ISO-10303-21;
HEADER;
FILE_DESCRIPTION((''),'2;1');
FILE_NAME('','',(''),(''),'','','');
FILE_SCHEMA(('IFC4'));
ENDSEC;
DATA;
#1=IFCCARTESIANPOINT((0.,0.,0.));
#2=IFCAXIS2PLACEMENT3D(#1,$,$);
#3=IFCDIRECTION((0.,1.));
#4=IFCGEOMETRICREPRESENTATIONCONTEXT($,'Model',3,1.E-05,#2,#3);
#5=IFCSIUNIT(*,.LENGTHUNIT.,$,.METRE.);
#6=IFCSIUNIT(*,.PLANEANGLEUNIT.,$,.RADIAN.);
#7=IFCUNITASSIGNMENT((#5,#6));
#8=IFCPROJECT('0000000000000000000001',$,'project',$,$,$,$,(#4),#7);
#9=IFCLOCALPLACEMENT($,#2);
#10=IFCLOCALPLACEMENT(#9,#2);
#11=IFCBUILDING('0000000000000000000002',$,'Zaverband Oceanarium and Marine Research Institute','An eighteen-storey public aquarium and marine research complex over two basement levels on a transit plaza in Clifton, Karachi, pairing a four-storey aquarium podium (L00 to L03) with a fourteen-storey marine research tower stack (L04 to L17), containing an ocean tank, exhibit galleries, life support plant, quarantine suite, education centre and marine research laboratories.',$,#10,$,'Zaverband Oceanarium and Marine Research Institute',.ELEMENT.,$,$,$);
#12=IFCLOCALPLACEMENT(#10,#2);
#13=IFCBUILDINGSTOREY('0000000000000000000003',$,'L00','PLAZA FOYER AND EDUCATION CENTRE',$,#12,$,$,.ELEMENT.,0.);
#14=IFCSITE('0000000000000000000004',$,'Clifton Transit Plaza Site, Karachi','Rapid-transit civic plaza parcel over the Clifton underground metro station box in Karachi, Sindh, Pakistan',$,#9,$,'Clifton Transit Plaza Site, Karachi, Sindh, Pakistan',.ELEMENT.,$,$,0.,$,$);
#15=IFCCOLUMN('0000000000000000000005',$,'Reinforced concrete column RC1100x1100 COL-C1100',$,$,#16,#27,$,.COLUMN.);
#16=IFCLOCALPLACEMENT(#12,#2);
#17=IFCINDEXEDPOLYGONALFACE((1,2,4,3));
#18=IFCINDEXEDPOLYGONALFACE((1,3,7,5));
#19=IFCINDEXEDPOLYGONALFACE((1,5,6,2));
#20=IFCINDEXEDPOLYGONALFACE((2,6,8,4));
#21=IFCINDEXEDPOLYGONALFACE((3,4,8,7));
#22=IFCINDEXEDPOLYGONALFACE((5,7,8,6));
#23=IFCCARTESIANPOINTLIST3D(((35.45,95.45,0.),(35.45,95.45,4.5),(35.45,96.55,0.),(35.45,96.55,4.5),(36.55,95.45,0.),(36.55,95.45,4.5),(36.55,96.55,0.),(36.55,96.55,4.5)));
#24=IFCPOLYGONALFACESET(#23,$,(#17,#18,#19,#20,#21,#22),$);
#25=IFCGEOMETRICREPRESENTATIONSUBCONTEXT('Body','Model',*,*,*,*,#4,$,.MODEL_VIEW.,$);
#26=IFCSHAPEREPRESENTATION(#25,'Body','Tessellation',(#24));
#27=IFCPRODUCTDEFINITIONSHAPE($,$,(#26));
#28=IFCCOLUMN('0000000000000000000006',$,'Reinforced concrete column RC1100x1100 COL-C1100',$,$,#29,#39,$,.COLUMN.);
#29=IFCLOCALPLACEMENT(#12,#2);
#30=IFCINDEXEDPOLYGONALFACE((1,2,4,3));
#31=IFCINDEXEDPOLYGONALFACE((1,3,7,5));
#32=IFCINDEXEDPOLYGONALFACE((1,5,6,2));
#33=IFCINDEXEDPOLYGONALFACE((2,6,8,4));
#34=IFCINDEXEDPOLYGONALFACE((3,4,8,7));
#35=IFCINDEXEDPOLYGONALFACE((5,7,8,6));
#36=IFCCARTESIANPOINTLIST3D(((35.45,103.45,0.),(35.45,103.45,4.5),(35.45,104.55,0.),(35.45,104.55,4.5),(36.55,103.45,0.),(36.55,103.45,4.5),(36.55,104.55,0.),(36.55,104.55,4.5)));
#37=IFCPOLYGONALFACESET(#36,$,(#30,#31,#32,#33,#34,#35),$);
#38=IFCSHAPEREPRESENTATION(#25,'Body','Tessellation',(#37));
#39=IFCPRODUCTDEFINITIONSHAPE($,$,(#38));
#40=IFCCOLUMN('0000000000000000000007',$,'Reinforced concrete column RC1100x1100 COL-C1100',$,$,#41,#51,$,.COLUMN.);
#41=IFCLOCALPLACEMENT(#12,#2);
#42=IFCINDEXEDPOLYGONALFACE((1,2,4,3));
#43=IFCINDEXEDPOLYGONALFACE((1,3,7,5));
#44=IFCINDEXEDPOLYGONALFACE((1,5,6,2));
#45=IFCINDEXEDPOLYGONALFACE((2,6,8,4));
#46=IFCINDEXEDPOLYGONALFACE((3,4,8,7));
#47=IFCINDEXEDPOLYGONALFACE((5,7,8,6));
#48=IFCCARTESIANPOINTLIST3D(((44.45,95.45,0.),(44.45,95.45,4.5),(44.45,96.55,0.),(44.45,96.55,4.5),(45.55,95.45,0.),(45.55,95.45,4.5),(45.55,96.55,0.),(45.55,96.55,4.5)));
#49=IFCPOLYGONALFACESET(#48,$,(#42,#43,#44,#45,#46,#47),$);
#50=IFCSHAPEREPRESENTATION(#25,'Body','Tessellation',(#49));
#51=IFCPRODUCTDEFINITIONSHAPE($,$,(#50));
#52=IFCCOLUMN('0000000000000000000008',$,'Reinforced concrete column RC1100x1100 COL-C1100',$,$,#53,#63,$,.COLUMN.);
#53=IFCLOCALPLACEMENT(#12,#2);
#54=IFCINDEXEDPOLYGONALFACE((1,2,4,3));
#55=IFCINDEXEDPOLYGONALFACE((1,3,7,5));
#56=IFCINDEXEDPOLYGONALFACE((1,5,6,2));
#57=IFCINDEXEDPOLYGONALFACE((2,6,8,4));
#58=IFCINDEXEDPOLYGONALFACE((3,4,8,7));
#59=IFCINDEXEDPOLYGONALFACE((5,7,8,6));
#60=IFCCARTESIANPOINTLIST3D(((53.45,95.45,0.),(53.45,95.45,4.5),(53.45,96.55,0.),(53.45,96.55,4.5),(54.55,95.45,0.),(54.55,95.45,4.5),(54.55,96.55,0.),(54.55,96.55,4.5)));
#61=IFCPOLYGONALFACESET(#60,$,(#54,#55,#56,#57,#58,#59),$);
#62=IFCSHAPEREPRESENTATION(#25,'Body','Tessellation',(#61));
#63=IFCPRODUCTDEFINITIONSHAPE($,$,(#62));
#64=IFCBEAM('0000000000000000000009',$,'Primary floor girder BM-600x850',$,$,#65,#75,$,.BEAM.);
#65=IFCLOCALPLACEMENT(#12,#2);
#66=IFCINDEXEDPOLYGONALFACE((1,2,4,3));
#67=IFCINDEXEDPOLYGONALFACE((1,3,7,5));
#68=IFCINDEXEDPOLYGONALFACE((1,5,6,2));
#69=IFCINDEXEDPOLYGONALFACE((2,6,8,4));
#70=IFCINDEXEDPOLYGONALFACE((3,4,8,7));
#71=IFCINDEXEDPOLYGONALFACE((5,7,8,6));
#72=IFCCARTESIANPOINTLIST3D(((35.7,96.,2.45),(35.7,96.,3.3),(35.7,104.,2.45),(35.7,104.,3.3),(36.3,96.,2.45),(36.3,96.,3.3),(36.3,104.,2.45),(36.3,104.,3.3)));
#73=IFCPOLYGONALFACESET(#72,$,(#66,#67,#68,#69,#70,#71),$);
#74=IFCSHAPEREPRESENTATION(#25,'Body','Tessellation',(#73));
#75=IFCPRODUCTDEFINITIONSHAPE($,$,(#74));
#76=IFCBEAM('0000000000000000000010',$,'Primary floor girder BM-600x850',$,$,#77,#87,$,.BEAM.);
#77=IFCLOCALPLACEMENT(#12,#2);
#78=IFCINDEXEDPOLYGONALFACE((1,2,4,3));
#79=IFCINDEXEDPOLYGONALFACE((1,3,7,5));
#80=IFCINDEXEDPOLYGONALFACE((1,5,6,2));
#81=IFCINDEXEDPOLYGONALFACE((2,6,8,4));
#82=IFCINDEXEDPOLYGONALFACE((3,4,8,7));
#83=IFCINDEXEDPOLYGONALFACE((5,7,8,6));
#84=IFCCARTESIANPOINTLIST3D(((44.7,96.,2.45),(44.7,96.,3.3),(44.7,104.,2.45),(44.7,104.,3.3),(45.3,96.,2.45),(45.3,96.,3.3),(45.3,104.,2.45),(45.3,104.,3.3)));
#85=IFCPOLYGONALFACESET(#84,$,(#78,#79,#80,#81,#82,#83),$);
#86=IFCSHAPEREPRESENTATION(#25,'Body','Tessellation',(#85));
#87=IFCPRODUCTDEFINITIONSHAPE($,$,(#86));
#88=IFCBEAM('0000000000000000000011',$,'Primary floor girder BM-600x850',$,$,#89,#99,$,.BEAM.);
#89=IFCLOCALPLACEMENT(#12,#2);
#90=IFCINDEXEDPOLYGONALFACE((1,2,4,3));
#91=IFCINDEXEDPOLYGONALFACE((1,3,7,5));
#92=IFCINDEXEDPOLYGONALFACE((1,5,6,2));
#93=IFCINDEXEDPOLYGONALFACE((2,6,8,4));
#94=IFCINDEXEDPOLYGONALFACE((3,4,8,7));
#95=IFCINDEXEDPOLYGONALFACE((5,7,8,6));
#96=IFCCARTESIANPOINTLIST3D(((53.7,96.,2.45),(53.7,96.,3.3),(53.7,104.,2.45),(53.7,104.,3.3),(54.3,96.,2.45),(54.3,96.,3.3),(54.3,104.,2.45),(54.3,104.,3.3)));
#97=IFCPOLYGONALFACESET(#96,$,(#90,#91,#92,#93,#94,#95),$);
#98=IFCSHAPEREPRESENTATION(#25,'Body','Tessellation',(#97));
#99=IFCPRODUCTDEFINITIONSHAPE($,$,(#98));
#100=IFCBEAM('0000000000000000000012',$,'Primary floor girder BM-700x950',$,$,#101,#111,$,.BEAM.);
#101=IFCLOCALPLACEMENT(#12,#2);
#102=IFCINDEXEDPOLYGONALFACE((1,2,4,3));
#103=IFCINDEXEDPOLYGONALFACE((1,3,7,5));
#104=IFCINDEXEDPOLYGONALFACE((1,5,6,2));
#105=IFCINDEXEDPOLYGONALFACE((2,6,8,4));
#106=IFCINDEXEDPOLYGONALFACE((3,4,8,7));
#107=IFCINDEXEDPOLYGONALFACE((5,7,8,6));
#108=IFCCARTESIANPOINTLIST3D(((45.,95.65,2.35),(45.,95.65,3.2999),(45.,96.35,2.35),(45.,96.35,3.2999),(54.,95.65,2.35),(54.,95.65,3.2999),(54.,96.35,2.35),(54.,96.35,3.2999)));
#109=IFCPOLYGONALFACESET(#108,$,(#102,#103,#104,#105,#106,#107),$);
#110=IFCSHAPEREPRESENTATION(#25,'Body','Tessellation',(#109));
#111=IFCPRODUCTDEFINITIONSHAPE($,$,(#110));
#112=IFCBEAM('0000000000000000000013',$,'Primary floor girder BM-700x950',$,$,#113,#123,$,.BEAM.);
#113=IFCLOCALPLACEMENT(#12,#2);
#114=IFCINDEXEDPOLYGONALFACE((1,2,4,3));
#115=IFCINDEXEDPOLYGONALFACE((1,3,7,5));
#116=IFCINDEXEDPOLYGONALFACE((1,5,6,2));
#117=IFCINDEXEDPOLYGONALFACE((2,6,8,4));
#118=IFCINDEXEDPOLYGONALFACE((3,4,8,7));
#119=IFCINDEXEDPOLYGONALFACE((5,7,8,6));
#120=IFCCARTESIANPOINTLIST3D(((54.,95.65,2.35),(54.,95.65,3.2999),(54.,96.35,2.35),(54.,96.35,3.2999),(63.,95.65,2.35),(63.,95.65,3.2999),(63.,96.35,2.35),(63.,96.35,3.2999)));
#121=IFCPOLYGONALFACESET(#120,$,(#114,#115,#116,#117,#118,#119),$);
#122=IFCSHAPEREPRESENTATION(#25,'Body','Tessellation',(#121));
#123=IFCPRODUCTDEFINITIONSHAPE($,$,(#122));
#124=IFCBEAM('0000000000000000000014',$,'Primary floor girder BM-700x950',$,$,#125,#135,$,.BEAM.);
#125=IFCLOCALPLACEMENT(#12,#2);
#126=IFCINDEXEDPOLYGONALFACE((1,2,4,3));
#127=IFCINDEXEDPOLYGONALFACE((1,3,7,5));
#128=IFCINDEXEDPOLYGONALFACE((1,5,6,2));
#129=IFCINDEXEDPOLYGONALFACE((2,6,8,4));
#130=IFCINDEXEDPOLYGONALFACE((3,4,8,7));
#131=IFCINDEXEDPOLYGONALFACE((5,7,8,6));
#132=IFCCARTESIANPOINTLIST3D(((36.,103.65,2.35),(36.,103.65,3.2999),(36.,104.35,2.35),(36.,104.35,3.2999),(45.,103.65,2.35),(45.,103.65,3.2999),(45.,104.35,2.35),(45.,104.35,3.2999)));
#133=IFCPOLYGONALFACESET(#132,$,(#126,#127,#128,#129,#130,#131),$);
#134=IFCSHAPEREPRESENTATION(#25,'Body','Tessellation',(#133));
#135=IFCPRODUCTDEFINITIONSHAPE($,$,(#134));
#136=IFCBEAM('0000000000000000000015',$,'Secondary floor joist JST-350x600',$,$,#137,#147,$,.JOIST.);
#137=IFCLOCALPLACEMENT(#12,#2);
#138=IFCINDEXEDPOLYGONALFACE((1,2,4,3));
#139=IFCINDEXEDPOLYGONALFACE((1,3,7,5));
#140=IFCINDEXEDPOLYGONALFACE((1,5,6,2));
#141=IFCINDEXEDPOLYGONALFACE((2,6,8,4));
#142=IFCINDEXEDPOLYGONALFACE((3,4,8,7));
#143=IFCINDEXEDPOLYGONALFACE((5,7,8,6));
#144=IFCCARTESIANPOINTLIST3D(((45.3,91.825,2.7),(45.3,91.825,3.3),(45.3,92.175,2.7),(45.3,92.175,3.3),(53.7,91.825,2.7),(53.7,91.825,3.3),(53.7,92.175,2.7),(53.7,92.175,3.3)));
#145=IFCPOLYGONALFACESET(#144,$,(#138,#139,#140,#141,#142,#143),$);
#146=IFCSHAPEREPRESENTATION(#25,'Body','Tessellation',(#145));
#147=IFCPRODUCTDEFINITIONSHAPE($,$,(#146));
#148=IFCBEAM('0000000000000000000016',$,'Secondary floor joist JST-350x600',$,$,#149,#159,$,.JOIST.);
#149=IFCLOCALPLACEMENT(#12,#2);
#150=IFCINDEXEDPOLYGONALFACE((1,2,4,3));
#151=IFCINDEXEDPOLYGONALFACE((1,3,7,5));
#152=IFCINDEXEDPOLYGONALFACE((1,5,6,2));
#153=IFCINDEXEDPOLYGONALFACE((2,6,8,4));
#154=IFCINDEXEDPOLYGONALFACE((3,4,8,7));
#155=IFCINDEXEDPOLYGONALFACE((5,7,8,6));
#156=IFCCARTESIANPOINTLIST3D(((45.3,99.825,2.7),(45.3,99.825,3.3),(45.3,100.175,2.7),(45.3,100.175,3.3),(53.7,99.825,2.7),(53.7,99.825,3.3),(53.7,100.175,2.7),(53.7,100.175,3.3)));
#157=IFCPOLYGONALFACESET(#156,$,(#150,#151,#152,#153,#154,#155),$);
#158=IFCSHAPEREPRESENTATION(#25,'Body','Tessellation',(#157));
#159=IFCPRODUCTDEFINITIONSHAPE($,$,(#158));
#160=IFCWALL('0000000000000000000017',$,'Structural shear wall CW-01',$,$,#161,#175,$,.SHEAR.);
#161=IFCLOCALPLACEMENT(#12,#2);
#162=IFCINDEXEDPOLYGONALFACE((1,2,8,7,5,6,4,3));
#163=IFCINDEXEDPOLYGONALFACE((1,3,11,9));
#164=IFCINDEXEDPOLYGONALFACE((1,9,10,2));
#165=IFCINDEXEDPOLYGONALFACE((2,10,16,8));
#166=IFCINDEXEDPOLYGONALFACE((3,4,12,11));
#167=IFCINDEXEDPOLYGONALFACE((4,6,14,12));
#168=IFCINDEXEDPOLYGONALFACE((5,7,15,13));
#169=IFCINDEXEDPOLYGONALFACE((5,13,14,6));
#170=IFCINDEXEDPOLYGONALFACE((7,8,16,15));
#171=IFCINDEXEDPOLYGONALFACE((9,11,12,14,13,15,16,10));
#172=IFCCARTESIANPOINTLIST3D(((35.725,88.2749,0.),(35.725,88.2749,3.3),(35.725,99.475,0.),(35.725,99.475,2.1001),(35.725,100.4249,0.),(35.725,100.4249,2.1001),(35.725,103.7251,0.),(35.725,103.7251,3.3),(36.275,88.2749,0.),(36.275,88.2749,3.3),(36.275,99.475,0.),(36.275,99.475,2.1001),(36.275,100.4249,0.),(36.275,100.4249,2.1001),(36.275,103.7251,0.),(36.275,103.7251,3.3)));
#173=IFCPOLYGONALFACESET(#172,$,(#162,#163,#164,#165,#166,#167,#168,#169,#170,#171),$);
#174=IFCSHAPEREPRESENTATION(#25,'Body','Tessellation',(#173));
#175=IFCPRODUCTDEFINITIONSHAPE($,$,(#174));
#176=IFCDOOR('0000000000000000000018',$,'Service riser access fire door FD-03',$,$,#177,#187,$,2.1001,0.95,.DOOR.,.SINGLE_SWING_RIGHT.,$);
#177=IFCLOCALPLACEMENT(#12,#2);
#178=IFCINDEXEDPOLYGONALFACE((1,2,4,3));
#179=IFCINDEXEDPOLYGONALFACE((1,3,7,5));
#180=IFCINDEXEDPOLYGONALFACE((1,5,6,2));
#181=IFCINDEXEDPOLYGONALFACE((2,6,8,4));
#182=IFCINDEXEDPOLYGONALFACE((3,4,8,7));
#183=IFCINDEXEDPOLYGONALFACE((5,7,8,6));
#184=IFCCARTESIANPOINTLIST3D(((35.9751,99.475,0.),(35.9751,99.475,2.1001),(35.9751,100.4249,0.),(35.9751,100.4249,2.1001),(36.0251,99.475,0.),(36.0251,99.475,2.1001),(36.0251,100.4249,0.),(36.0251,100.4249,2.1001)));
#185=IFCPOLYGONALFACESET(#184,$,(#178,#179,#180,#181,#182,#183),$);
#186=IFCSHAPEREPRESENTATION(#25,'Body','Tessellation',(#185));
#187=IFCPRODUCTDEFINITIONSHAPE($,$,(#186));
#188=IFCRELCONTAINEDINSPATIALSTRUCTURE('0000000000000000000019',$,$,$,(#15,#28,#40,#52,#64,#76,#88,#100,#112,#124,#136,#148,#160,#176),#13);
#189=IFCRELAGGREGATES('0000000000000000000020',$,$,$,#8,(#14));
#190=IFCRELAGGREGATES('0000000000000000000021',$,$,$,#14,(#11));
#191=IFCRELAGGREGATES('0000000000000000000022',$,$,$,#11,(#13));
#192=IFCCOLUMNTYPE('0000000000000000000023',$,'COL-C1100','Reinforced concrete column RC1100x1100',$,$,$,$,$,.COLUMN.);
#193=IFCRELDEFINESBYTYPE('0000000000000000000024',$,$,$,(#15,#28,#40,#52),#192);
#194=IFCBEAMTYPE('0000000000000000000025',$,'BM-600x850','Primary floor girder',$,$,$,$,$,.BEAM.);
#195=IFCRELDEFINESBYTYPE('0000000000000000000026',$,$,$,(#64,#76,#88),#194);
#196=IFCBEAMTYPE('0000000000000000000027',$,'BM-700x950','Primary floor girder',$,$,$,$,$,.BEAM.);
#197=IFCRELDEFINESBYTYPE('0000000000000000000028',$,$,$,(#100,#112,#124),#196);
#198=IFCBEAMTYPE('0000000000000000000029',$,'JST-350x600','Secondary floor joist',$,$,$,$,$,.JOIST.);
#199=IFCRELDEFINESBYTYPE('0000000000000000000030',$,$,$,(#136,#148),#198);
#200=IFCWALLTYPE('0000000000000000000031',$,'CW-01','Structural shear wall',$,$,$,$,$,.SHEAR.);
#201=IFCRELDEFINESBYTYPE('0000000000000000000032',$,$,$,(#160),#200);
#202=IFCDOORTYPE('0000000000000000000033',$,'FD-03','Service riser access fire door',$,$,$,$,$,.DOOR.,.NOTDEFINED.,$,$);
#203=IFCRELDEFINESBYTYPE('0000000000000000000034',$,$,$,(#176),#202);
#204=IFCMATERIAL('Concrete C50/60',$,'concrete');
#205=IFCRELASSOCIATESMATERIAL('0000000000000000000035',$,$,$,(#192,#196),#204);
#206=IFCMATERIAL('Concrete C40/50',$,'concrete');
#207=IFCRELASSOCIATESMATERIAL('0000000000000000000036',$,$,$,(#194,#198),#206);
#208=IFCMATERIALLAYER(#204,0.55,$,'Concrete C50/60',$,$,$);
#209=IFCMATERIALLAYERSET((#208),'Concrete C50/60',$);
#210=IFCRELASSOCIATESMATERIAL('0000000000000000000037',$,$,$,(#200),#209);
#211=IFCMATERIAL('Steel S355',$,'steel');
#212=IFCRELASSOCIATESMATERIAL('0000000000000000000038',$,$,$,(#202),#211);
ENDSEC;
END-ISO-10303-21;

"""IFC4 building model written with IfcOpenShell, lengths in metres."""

from ifc_helpers import new_model, si_unit, direction, frame, frame_2d, origin, origin_2d, place, context, subcontext, project, spatial, rectangle, extrude, material, layer, layer_set, material_profile, profile_set, type_object, element, fill, save


model = new_model("IFC4")

# Units and contexts
model_context = context("Model", 3, precision=1e-05, world=origin(), true_north=direction((0.0, 1.0)))
body_context = subcontext(model_context, "Body", "Model", "MODEL_VIEW")
ifc_project = project(units=[si_unit("LENGTHUNIT", "METRE"), si_unit("PLANEANGLEUNIT", "RADIAN")], contexts=[model_context])

# Site, building, storey
site_placement = place(None, origin())
site = spatial("IfcSite", under=ifc_project, at=site_placement, Name="Clifton Transit Plaza Site, Karachi", Description="Rapid-transit civic plaza parcel over the Clifton underground metro station box in Karachi, Sindh, Pakistan", LongName="Clifton Transit Plaza Site, Karachi, Sindh, Pakistan", CompositionType="ELEMENT", RefElevation=0.0)
building_placement = place(site_placement, origin())
building = spatial("IfcBuilding", under=site, at=building_placement, Name="Zaverband Oceanarium and Marine Research Institute", Description="An eighteen-storey public aquarium and marine research complex over two basement levels on a transit plaza in Clifton, Karachi, pairing a four-storey aquarium podium (L00 to L03) with a fourteen-storey marine research tower stack (L04 to L17), containing an ocean tank, exhibit galleries, life support plant, quarantine suite, education centre and marine research laboratories.", LongName="Zaverband Oceanarium and Marine Research Institute", CompositionType="ELEMENT")
storey_placement = place(building_placement, origin())
storey = spatial("IfcBuildingStorey", under=building, at=storey_placement, Name="L00", Description="PLAZA FOYER AND EDUCATION CENTRE", CompositionType="ELEMENT", Elevation=0.0)

# Columns
ifc_material_1 = material(Name="Concrete C50/60", Category="concrete")
ifc_material_profile_1 = material_profile(ifc_material_1, rectangle(XDim=1.1001, YDim=1.1001, at=origin_2d()), Name="RC1100x1100")
ifc_profile_set_1 = profile_set([ifc_material_profile_1], Name="Concrete C50/60")
column_type = type_object("IfcColumnType", Name="COL-C1100", Description="Reinforced concrete column RC1100x1100", PredefinedType="COLUMN", material=ifc_profile_set_1)
for number, where, z_axis, x_axis, name in (
    (1, (36.0, 96.0, 0.0), (0.0, 0.0, 1.0), (1.0, 0.0, 0.0), "Reinforced concrete column RC1100x1100 COL-C1100"),
    (2, (36.0, 104.0, 0.0), (0.0, 0.0, 1.0), (1.0, 0.0, 0.0), "Reinforced concrete column RC1100x1100 COL-C1100"),
    (3, (45.0, 96.0, 0.0), (0.0, 0.0, 1.0), (1.0, 0.0, 0.0), "Reinforced concrete column RC1100x1100 COL-C1100"),
    (4, (54.0, 96.0, 0.0), (0.0, 0.0, 1.0), (1.0, 0.0, 0.0), "Reinforced concrete column RC1100x1100 COL-C1100"),
):
    element("IfcColumn", number, at=place(storey_placement, frame(where, z_axis=z_axis, x_axis=x_axis)), inside=storey, type_object=column_type, Name=name, PredefinedType="COLUMN", context=body_context, shape_type="SweptSolid", body=[
        extrude(rectangle(XDim=1.1001, YDim=1.1001, at=origin_2d()), origin(), (0.0, 0.0, 1.0), 4.5),
    ])

# Beams
ifc_material_2 = material(Name="Concrete C40/50", Category="concrete")
ifc_material_profile_2 = material_profile(ifc_material_2, rectangle(XDim=0.6001, YDim=0.8501, at=origin_2d()), Name="RC600x850")
ifc_profile_set_2 = profile_set([ifc_material_profile_2], Name="Concrete C40/50")
beam_type_1 = type_object("IfcBeamType", Name="BM-600x850", Description="Primary floor girder", PredefinedType="BEAM", material=ifc_profile_set_2)
for number, where, z_axis, x_axis, name in (
    (5, (36.0, 96.0, 2.875), (0.0, 1.0, 0.0), (-1.0, 0.0, 0.0), "Primary floor girder BM-600x850"),
    (6, (45.0, 96.0, 2.875), (0.0, 1.0, 0.0), (-1.0, 0.0, 0.0), "Primary floor girder BM-600x850"),
    (7, (54.0, 96.0, 2.875), (0.0, 1.0, 0.0), (-1.0, 0.0, 0.0), "Primary floor girder BM-600x850"),
):
    element("IfcBeam", number, at=place(storey_placement, frame(where, z_axis=z_axis, x_axis=x_axis)), inside=storey, type_object=beam_type_1, Name=name, PredefinedType="BEAM", context=body_context, shape_type="SweptSolid", body=[
        extrude(rectangle(XDim=0.6001, YDim=0.8501, at=origin_2d()), origin(), (0.0, 0.0, 1.0), 8.0),
    ])
ifc_material_profile_3 = material_profile(ifc_material_1, rectangle(XDim=0.7, YDim=0.95, at=origin_2d()), Name="RC700x950")
ifc_profile_set_3 = profile_set([ifc_material_profile_3], Name="Concrete C50/60")
beam_type_2 = type_object("IfcBeamType", Name="BM-700x950", Description="Primary floor girder", PredefinedType="BEAM", material=ifc_profile_set_3)
for number, where, z_axis, x_axis, name in (
    (8, (45.0, 96.0, 2.825), (1.0, 0.0, 0.0), (0.0, 1.0, 0.0), "Primary floor girder BM-700x950"),
    (9, (54.0, 96.0, 2.825), (1.0, 0.0, 0.0), (0.0, 1.0, 0.0), "Primary floor girder BM-700x950"),
    (10, (36.0, 104.0, 2.825), (1.0, 0.0, 0.0), (0.0, 1.0, 0.0), "Primary floor girder BM-700x950"),
):
    element("IfcBeam", number, at=place(storey_placement, frame(where, z_axis=z_axis, x_axis=x_axis)), inside=storey, type_object=beam_type_2, Name=name, PredefinedType="BEAM", context=body_context, shape_type="SweptSolid", body=[
        extrude(rectangle(XDim=0.7, YDim=0.95, at=origin_2d()), origin(), (0.0, 0.0, 1.0), 9.0),
    ])
ifc_material_profile_4 = material_profile(ifc_material_2, rectangle(XDim=0.3501, YDim=0.6001, at=origin_2d()), Name="RC350x600")
ifc_profile_set_4 = profile_set([ifc_material_profile_4], Name="Concrete C40/50")
beam_type_3 = type_object("IfcBeamType", Name="JST-350x600", Description="Secondary floor joist", PredefinedType="JOIST", material=ifc_profile_set_4)
for number, where, z_axis, x_axis, name in (
    (11, (45.3, 92.0, 3.0), (1.0, 0.0, 0.0), (0.0, 1.0, 0.0), "Secondary floor joist JST-350x600"),
    (12, (45.3, 100.0, 3.0), (1.0, 0.0, 0.0), (0.0, 1.0, 0.0), "Secondary floor joist JST-350x600"),
):
    element("IfcBeam", number, at=place(storey_placement, frame(where, z_axis=z_axis, x_axis=x_axis)), inside=storey, type_object=beam_type_3, Name=name, PredefinedType="JOIST", context=body_context, shape_type="SweptSolid", body=[
        extrude(rectangle(XDim=0.3501, YDim=0.6001, at=origin_2d()), origin(), (0.0, 0.0, 1.0), 8.3999),
    ])

# Wall, opening, door
ifc_layer_1 = layer(ifc_material_1, 0.55, Name="Concrete C50/60")
ifc_layer_set_1 = layer_set([ifc_layer_1], Name="Concrete C50/60")
wall_type_1 = type_object("IfcWallType", Name="CW-01", Description="Structural shear wall", PredefinedType="SHEAR", material=ifc_layer_set_1)
wall_1_placement = place(storey_placement, frame((36.0, 88.2749, 0.0), z_axis=(0.0, 0.0, 1.0), x_axis=(0.0, 1.0, 0.0)))
wall_1 = element("IfcWall", 13, at=wall_1_placement, inside=storey, type_object=wall_type_1, Name="Structural shear wall CW-01", PredefinedType="SHEAR", context=body_context, shape_type="SweptSolid", body=[
    extrude(rectangle(XDim=15.4502, YDim=0.55, at=frame_2d((7.7251, 0.0))), origin(), (0.0, 0.0, 1.0), 3.3),
])
opening_1_placement = place(wall_1_placement, frame((11.2, 0.0, 0.0)))
opening_1 = element("IfcOpeningElement", 14, at=opening_1_placement, cuts=wall_1, PredefinedType="OPENING", context=body_context, shape_type="SweptSolid", body=[
    extrude(rectangle(XDim=0.95, YDim=2.1001, at=frame_2d((0.4751, 1.05))), frame((0.0, 0.2871, 0.0), z_axis=(0.0, -1.0, 0.0), x_axis=(1.0, 0.0, 0.0)), (0.0, 0.0, 1.0), 0.574),
])
ifc_material_3 = material(Name="Steel S355", Category="steel")
door_type_1 = type_object("IfcDoorType", Name="FD-03", Description="Service riser access fire door", OperationType="NOTDEFINED", PredefinedType="DOOR", material=ifc_material_3)
door_1_placement = place(opening_1_placement, origin())
door_1 = element("IfcDoor", 15, at=door_1_placement, inside=storey, type_object=door_type_1, Name="Service riser access fire door FD-03", OperationType="SINGLE_SWING_RIGHT", OverallHeight=2.1001, OverallWidth=0.95, PredefinedType="DOOR", context=body_context, shape_type="SweptSolid", body=[
    extrude(rectangle(XDim=0.95, YDim=2.1001, at=frame_2d((0.4751, 1.05))), frame((0.0, 0.0249, 0.0), z_axis=(0.0, -1.0, 0.0), x_axis=(1.0, 0.0, 0.0)), (0.0, 0.0, 1.0), 0.05),
])
fill(opening_1, door_1)

save(model, "model.ifc")
